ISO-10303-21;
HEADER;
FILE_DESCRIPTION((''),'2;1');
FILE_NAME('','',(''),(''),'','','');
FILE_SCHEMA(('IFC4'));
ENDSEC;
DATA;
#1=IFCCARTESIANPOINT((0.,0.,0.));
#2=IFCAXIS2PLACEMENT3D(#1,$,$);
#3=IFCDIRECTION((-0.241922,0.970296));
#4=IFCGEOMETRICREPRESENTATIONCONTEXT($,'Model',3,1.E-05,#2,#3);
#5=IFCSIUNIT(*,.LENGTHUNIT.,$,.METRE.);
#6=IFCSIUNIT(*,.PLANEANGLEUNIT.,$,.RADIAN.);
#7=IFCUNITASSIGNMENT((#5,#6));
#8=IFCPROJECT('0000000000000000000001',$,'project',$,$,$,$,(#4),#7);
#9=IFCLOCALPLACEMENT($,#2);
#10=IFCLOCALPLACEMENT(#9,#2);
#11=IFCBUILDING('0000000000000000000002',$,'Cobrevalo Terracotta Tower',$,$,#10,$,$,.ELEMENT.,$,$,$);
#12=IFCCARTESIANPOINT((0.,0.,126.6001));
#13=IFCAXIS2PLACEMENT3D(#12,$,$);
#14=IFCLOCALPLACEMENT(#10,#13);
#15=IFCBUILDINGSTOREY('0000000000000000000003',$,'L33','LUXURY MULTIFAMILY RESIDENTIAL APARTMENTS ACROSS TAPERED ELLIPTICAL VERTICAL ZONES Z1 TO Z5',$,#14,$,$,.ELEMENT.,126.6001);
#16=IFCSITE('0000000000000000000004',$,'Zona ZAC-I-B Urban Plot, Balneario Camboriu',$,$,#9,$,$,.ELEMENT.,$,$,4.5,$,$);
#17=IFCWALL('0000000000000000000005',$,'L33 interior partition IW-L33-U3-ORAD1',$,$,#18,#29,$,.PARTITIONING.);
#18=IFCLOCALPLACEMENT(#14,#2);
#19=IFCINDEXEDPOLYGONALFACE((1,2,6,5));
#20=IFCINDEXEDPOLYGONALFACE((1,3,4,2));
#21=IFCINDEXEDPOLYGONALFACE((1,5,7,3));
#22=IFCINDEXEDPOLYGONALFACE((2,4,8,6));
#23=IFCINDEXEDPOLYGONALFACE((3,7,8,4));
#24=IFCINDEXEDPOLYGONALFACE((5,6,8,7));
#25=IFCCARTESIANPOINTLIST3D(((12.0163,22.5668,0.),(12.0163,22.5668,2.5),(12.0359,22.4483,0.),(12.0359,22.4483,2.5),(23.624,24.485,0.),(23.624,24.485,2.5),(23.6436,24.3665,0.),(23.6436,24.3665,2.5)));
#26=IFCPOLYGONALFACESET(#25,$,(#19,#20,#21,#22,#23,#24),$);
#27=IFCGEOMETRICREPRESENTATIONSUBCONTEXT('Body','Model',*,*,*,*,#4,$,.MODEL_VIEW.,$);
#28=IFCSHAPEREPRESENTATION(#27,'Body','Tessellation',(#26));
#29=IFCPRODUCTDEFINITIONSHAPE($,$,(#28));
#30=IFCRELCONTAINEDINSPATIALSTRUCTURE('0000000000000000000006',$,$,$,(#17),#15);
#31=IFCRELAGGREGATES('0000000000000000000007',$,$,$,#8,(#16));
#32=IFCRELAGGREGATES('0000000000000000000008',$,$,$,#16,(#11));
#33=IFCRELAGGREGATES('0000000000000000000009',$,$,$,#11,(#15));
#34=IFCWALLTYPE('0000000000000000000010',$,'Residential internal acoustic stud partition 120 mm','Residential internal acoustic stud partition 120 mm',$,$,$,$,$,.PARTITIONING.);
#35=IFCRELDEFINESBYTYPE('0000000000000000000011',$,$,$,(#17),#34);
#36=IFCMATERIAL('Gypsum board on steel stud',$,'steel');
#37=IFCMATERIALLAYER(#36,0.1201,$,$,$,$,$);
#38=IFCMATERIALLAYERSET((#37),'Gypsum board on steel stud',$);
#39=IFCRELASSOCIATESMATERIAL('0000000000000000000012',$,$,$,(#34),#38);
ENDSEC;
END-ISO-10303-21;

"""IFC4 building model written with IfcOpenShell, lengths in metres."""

from ifc_helpers import new_model, si_unit, direction, frame, frame_2d, origin, place, context, subcontext, project, spatial, rectangle, extrude, material, layer, layer_set, type_object, element, save


model = new_model("IFC4")

# Units and contexts
model_context = context("Model", 3, precision=1e-05, world=origin(), true_north=direction((-0.241922, 0.970296)))
body_context = subcontext(model_context, "Body", "Model", "MODEL_VIEW")
ifc_project = project(units=[si_unit("LENGTHUNIT", "METRE"), si_unit("PLANEANGLEUNIT", "RADIAN")], contexts=[model_context])

# Site, building, storey
site_placement = place(None, origin())
site = spatial("IfcSite", under=ifc_project, at=site_placement, Name="Zona ZAC-I-B Urban Plot, Balneario Camboriu", CompositionType="ELEMENT", RefElevation=4.5)
building_placement = place(site_placement, origin())
building = spatial("IfcBuilding", under=site, at=building_placement, Name="Cobrevalo Terracotta Tower", CompositionType="ELEMENT")
storey_placement = place(building_placement, frame((0.0, 0.0, 126.6001)))
storey = spatial("IfcBuildingStorey", under=building, at=storey_placement, Name="L33", Description="LUXURY MULTIFAMILY RESIDENTIAL APARTMENTS ACROSS TAPERED ELLIPTICAL VERTICAL ZONES Z1 TO Z5", CompositionType="ELEMENT", Elevation=126.6001)

# Wall
ifc_material_1 = material(Name="Gypsum board on steel stud", Category="steel")
ifc_layer_1 = layer(ifc_material_1, 0.1201)
ifc_layer_set_1 = layer_set([ifc_layer_1], Name="Gypsum board on steel stud")
wall_type = type_object("IfcWallType", Name="Residential internal acoustic stud partition 120 mm", Description="Residential internal acoustic stud partition 120 mm", PredefinedType="PARTITIONING", material=ifc_layer_set_1)
wall_1_placement = place(storey_placement, frame((23.6338, 24.4258, 0.0), z_axis=(0.0, 0.0, 1.0), x_axis=(-0.986619, -0.163043, 0.0)))
element("IfcWall", 1, at=wall_1_placement, inside=storey, type_object=wall_type, Name="L33 interior partition IW-L33-U3-ORAD1", PredefinedType="PARTITIONING", context=body_context, shape_type="SweptSolid", body=[
    extrude(rectangle(XDim=11.7651, YDim=0.1201, at=frame_2d((5.8826, 0.0))), origin(), (0.0, 0.0, 1.0), 2.5),
])

save(model, "model.ifc")
